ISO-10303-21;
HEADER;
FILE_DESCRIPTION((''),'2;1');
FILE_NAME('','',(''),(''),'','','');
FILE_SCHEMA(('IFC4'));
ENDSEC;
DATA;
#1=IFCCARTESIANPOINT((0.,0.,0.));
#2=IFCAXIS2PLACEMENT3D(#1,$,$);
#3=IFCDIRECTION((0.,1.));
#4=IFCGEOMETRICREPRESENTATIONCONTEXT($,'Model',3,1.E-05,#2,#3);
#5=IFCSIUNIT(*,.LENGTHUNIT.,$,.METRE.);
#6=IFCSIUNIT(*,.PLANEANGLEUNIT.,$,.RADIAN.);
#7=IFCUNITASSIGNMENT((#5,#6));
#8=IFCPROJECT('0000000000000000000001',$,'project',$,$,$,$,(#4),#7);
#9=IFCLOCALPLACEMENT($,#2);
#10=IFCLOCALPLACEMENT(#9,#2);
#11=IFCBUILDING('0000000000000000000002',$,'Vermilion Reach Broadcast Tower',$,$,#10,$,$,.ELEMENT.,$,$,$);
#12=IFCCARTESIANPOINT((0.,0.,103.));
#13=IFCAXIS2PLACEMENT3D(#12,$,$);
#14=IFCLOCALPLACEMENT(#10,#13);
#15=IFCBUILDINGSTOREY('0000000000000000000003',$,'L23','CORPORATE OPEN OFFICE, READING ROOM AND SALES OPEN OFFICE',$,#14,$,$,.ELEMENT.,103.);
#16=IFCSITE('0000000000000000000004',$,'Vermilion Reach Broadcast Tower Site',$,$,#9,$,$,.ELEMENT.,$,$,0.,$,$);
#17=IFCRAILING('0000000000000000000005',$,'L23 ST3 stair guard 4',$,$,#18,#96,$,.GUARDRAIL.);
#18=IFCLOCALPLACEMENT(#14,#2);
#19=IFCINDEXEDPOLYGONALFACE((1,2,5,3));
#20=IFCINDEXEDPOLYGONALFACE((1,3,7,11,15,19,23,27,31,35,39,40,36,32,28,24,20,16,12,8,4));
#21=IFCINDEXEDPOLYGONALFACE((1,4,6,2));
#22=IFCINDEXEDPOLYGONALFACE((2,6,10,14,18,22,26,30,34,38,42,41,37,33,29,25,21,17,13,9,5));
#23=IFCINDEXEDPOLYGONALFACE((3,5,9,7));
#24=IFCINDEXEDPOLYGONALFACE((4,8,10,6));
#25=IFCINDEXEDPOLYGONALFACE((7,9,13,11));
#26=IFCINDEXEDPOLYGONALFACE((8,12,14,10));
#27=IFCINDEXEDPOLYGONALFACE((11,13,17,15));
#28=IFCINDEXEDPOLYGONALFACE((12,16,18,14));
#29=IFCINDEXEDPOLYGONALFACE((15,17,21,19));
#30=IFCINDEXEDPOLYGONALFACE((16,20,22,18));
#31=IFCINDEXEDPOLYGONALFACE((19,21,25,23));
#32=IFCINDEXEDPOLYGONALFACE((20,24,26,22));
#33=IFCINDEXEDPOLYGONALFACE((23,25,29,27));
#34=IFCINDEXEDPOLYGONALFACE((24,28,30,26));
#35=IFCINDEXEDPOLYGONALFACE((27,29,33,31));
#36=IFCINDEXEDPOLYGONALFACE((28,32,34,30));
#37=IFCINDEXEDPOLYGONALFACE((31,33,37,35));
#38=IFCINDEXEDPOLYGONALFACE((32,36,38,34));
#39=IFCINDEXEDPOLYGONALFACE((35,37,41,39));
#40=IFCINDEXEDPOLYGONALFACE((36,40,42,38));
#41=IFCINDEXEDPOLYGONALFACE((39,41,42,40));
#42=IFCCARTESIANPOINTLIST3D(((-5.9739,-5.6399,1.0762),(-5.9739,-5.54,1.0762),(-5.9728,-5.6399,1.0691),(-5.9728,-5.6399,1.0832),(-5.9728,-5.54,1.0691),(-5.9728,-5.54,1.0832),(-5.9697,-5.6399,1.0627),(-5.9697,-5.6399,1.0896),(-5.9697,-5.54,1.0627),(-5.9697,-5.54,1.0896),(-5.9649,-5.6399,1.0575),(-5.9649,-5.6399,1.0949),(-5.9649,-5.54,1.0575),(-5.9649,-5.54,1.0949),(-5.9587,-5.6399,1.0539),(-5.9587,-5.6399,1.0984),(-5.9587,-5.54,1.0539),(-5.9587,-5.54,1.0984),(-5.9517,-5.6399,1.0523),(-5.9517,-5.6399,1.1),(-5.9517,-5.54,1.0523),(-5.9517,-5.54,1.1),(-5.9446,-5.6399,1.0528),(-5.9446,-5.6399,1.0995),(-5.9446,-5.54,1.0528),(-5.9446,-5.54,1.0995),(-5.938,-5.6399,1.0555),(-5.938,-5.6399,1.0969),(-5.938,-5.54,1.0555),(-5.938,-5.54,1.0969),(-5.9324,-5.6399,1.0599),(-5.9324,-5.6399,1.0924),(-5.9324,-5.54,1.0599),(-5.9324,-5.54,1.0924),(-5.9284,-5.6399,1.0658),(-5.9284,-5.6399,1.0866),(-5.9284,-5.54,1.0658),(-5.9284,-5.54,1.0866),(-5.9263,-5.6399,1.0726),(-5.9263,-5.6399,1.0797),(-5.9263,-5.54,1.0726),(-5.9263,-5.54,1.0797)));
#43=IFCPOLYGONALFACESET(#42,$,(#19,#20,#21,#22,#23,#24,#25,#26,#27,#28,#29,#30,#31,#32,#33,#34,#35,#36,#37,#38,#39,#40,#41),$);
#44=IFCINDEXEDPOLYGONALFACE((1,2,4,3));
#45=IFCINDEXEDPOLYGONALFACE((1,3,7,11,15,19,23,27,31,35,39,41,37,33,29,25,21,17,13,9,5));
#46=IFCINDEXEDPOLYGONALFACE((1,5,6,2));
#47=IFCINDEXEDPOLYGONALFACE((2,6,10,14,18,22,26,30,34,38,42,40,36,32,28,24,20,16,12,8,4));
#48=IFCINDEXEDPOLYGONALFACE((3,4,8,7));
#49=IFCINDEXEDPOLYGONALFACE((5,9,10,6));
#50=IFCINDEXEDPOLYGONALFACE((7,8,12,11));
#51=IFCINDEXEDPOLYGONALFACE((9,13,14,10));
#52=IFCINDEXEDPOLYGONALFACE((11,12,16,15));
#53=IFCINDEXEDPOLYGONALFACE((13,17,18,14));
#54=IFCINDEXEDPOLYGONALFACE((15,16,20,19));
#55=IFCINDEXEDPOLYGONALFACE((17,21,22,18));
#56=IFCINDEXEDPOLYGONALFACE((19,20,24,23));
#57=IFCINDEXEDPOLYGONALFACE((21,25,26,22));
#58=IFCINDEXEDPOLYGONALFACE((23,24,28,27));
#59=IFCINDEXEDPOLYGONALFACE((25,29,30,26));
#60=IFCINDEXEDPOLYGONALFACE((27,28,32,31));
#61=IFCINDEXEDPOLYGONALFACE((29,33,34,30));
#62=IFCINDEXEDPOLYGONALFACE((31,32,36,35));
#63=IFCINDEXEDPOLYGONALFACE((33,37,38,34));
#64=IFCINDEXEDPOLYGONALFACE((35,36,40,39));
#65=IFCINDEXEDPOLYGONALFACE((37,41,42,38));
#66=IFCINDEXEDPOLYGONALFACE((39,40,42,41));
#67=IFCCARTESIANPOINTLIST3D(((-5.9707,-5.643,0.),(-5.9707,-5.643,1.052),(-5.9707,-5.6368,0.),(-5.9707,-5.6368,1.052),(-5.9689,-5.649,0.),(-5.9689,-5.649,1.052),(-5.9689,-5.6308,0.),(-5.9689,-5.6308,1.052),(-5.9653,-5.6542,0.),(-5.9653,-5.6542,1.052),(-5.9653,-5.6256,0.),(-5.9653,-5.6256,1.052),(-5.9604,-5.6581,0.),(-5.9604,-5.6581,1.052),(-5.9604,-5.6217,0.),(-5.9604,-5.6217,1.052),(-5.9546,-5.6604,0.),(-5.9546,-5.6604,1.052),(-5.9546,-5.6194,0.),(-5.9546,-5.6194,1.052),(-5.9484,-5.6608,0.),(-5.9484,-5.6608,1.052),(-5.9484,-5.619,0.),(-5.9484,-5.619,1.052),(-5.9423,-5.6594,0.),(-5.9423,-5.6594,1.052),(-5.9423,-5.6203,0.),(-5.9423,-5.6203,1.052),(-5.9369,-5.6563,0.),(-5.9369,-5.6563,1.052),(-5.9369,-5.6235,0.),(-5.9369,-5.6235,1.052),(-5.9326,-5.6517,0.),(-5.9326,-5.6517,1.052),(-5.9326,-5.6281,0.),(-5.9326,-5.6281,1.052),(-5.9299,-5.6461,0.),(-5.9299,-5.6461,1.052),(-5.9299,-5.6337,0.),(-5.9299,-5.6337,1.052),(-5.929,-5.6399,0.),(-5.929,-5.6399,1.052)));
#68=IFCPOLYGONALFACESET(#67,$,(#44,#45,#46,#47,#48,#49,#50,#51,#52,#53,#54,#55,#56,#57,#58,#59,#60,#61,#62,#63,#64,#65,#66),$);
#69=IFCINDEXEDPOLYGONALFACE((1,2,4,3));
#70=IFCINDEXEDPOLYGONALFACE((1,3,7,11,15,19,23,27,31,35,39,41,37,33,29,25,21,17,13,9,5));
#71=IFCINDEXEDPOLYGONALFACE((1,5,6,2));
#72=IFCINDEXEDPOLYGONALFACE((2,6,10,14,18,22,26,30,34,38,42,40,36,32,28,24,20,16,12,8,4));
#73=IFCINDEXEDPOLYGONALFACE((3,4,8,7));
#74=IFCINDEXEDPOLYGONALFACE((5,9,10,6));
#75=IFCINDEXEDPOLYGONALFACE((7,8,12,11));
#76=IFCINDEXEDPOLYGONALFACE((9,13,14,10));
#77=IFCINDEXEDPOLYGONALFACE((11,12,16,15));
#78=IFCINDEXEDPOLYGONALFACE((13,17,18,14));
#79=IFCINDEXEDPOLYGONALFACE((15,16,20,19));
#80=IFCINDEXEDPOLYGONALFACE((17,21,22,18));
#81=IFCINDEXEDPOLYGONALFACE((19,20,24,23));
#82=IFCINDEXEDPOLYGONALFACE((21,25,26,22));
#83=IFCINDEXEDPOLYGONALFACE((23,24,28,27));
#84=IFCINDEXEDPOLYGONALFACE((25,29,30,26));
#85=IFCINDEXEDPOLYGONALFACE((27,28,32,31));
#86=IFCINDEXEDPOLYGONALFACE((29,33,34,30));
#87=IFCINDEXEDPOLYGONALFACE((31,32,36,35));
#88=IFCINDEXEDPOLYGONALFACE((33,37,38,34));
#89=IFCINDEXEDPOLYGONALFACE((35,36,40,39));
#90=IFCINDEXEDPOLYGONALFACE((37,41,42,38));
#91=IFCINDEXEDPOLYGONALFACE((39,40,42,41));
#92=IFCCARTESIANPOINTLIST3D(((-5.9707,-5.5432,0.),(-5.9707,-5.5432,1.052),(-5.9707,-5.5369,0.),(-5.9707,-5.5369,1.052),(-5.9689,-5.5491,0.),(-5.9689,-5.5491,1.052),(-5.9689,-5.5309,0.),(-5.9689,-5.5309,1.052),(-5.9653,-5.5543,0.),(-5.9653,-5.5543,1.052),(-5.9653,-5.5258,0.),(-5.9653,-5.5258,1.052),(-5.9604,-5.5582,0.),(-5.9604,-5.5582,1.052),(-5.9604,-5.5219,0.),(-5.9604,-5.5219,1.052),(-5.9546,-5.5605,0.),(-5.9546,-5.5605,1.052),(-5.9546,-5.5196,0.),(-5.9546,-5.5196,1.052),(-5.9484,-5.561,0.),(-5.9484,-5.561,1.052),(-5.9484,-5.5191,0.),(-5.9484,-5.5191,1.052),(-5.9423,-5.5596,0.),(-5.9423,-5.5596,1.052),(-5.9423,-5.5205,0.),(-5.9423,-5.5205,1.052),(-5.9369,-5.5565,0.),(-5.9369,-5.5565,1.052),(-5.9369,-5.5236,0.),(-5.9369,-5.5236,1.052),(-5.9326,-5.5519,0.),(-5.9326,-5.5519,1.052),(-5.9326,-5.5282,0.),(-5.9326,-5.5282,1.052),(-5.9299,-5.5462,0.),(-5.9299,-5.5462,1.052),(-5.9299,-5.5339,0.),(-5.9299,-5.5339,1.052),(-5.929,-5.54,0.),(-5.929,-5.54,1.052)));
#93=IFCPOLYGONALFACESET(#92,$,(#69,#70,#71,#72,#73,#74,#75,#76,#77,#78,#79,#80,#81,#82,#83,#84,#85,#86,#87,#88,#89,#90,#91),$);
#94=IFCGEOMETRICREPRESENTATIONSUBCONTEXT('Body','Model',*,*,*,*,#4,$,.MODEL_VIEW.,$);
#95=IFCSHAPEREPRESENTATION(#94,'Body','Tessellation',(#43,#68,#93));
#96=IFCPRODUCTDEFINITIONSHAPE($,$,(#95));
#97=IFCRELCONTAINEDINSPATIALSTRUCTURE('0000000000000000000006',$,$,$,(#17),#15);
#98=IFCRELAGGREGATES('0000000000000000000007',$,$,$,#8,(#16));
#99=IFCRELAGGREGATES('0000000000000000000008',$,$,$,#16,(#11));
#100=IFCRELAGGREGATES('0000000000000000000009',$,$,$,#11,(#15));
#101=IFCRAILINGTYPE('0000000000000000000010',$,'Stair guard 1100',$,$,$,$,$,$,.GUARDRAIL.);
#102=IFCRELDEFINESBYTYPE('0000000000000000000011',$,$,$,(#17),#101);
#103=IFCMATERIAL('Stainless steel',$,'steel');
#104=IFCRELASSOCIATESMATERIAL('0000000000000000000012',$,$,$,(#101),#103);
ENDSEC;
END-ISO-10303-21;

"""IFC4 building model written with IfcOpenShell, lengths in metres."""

from ifc_helpers import new_model, si_unit, direction, frame, origin, origin_2d, place, context, subcontext, project, spatial, circle, extrude, material, type_object, element, save


model = new_model("IFC4")

# Units and contexts
model_context = context("Model", 3, precision=1e-05, world=origin(), true_north=direction((0.0, 1.0)))
body_context = subcontext(model_context, "Body", "Model", "MODEL_VIEW")
ifc_project = project(units=[si_unit("LENGTHUNIT", "METRE"), si_unit("PLANEANGLEUNIT", "RADIAN")], contexts=[model_context])

# Site, building, storey
site_placement = place(None, origin())
site = spatial("IfcSite", under=ifc_project, at=site_placement, Name="Vermilion Reach Broadcast Tower Site", CompositionType="ELEMENT", RefElevation=0.0)
building_placement = place(site_placement, origin())
building = spatial("IfcBuilding", under=site, at=building_placement, Name="Vermilion Reach Broadcast Tower", CompositionType="ELEMENT")
storey_placement = place(building_placement, frame((0.0, 0.0, 103.0)))
storey = spatial("IfcBuildingStorey", under=building, at=storey_placement, Name="L23", Description="CORPORATE OPEN OFFICE, READING ROOM AND SALES OPEN OFFICE", CompositionType="ELEMENT", Elevation=103.0)

# Railing
ifc_material_1 = material(Name="Stainless steel", Category="steel")
railing_type_1 = type_object("IfcRailingType", Name="Stair guard 1100", PredefinedType="GUARDRAIL", material=ifc_material_1)
railing_1_placement = place(storey_placement, frame((-5.95, -5.6399, 0.0)))
element("IfcRailing", 1, at=railing_1_placement, inside=storey, type_object=railing_type_1, Name="L23 ST3 stair guard 4", PredefinedType="GUARDRAIL", context=body_context, shape_type="SweptSolid", body=[
    extrude(circle(Radius=0.0239, at=origin_2d()), frame((0.0, 0.0, 1.0762), z_axis=(0.0, 1.0, 0.0), x_axis=(-1.0, 0.0, 0.0)), (0.0, 0.0, 1.0), 0.0999),
    extrude(circle(Radius=0.021, at=origin_2d()), origin(), (0.0, 0.0, 1.0), 1.052),
    extrude(circle(Radius=0.021, at=origin_2d()), frame((0.0, 0.0999, 0.0)), (0.0, 0.0, 1.0), 1.052),
])

save(model, "model.ifc")
